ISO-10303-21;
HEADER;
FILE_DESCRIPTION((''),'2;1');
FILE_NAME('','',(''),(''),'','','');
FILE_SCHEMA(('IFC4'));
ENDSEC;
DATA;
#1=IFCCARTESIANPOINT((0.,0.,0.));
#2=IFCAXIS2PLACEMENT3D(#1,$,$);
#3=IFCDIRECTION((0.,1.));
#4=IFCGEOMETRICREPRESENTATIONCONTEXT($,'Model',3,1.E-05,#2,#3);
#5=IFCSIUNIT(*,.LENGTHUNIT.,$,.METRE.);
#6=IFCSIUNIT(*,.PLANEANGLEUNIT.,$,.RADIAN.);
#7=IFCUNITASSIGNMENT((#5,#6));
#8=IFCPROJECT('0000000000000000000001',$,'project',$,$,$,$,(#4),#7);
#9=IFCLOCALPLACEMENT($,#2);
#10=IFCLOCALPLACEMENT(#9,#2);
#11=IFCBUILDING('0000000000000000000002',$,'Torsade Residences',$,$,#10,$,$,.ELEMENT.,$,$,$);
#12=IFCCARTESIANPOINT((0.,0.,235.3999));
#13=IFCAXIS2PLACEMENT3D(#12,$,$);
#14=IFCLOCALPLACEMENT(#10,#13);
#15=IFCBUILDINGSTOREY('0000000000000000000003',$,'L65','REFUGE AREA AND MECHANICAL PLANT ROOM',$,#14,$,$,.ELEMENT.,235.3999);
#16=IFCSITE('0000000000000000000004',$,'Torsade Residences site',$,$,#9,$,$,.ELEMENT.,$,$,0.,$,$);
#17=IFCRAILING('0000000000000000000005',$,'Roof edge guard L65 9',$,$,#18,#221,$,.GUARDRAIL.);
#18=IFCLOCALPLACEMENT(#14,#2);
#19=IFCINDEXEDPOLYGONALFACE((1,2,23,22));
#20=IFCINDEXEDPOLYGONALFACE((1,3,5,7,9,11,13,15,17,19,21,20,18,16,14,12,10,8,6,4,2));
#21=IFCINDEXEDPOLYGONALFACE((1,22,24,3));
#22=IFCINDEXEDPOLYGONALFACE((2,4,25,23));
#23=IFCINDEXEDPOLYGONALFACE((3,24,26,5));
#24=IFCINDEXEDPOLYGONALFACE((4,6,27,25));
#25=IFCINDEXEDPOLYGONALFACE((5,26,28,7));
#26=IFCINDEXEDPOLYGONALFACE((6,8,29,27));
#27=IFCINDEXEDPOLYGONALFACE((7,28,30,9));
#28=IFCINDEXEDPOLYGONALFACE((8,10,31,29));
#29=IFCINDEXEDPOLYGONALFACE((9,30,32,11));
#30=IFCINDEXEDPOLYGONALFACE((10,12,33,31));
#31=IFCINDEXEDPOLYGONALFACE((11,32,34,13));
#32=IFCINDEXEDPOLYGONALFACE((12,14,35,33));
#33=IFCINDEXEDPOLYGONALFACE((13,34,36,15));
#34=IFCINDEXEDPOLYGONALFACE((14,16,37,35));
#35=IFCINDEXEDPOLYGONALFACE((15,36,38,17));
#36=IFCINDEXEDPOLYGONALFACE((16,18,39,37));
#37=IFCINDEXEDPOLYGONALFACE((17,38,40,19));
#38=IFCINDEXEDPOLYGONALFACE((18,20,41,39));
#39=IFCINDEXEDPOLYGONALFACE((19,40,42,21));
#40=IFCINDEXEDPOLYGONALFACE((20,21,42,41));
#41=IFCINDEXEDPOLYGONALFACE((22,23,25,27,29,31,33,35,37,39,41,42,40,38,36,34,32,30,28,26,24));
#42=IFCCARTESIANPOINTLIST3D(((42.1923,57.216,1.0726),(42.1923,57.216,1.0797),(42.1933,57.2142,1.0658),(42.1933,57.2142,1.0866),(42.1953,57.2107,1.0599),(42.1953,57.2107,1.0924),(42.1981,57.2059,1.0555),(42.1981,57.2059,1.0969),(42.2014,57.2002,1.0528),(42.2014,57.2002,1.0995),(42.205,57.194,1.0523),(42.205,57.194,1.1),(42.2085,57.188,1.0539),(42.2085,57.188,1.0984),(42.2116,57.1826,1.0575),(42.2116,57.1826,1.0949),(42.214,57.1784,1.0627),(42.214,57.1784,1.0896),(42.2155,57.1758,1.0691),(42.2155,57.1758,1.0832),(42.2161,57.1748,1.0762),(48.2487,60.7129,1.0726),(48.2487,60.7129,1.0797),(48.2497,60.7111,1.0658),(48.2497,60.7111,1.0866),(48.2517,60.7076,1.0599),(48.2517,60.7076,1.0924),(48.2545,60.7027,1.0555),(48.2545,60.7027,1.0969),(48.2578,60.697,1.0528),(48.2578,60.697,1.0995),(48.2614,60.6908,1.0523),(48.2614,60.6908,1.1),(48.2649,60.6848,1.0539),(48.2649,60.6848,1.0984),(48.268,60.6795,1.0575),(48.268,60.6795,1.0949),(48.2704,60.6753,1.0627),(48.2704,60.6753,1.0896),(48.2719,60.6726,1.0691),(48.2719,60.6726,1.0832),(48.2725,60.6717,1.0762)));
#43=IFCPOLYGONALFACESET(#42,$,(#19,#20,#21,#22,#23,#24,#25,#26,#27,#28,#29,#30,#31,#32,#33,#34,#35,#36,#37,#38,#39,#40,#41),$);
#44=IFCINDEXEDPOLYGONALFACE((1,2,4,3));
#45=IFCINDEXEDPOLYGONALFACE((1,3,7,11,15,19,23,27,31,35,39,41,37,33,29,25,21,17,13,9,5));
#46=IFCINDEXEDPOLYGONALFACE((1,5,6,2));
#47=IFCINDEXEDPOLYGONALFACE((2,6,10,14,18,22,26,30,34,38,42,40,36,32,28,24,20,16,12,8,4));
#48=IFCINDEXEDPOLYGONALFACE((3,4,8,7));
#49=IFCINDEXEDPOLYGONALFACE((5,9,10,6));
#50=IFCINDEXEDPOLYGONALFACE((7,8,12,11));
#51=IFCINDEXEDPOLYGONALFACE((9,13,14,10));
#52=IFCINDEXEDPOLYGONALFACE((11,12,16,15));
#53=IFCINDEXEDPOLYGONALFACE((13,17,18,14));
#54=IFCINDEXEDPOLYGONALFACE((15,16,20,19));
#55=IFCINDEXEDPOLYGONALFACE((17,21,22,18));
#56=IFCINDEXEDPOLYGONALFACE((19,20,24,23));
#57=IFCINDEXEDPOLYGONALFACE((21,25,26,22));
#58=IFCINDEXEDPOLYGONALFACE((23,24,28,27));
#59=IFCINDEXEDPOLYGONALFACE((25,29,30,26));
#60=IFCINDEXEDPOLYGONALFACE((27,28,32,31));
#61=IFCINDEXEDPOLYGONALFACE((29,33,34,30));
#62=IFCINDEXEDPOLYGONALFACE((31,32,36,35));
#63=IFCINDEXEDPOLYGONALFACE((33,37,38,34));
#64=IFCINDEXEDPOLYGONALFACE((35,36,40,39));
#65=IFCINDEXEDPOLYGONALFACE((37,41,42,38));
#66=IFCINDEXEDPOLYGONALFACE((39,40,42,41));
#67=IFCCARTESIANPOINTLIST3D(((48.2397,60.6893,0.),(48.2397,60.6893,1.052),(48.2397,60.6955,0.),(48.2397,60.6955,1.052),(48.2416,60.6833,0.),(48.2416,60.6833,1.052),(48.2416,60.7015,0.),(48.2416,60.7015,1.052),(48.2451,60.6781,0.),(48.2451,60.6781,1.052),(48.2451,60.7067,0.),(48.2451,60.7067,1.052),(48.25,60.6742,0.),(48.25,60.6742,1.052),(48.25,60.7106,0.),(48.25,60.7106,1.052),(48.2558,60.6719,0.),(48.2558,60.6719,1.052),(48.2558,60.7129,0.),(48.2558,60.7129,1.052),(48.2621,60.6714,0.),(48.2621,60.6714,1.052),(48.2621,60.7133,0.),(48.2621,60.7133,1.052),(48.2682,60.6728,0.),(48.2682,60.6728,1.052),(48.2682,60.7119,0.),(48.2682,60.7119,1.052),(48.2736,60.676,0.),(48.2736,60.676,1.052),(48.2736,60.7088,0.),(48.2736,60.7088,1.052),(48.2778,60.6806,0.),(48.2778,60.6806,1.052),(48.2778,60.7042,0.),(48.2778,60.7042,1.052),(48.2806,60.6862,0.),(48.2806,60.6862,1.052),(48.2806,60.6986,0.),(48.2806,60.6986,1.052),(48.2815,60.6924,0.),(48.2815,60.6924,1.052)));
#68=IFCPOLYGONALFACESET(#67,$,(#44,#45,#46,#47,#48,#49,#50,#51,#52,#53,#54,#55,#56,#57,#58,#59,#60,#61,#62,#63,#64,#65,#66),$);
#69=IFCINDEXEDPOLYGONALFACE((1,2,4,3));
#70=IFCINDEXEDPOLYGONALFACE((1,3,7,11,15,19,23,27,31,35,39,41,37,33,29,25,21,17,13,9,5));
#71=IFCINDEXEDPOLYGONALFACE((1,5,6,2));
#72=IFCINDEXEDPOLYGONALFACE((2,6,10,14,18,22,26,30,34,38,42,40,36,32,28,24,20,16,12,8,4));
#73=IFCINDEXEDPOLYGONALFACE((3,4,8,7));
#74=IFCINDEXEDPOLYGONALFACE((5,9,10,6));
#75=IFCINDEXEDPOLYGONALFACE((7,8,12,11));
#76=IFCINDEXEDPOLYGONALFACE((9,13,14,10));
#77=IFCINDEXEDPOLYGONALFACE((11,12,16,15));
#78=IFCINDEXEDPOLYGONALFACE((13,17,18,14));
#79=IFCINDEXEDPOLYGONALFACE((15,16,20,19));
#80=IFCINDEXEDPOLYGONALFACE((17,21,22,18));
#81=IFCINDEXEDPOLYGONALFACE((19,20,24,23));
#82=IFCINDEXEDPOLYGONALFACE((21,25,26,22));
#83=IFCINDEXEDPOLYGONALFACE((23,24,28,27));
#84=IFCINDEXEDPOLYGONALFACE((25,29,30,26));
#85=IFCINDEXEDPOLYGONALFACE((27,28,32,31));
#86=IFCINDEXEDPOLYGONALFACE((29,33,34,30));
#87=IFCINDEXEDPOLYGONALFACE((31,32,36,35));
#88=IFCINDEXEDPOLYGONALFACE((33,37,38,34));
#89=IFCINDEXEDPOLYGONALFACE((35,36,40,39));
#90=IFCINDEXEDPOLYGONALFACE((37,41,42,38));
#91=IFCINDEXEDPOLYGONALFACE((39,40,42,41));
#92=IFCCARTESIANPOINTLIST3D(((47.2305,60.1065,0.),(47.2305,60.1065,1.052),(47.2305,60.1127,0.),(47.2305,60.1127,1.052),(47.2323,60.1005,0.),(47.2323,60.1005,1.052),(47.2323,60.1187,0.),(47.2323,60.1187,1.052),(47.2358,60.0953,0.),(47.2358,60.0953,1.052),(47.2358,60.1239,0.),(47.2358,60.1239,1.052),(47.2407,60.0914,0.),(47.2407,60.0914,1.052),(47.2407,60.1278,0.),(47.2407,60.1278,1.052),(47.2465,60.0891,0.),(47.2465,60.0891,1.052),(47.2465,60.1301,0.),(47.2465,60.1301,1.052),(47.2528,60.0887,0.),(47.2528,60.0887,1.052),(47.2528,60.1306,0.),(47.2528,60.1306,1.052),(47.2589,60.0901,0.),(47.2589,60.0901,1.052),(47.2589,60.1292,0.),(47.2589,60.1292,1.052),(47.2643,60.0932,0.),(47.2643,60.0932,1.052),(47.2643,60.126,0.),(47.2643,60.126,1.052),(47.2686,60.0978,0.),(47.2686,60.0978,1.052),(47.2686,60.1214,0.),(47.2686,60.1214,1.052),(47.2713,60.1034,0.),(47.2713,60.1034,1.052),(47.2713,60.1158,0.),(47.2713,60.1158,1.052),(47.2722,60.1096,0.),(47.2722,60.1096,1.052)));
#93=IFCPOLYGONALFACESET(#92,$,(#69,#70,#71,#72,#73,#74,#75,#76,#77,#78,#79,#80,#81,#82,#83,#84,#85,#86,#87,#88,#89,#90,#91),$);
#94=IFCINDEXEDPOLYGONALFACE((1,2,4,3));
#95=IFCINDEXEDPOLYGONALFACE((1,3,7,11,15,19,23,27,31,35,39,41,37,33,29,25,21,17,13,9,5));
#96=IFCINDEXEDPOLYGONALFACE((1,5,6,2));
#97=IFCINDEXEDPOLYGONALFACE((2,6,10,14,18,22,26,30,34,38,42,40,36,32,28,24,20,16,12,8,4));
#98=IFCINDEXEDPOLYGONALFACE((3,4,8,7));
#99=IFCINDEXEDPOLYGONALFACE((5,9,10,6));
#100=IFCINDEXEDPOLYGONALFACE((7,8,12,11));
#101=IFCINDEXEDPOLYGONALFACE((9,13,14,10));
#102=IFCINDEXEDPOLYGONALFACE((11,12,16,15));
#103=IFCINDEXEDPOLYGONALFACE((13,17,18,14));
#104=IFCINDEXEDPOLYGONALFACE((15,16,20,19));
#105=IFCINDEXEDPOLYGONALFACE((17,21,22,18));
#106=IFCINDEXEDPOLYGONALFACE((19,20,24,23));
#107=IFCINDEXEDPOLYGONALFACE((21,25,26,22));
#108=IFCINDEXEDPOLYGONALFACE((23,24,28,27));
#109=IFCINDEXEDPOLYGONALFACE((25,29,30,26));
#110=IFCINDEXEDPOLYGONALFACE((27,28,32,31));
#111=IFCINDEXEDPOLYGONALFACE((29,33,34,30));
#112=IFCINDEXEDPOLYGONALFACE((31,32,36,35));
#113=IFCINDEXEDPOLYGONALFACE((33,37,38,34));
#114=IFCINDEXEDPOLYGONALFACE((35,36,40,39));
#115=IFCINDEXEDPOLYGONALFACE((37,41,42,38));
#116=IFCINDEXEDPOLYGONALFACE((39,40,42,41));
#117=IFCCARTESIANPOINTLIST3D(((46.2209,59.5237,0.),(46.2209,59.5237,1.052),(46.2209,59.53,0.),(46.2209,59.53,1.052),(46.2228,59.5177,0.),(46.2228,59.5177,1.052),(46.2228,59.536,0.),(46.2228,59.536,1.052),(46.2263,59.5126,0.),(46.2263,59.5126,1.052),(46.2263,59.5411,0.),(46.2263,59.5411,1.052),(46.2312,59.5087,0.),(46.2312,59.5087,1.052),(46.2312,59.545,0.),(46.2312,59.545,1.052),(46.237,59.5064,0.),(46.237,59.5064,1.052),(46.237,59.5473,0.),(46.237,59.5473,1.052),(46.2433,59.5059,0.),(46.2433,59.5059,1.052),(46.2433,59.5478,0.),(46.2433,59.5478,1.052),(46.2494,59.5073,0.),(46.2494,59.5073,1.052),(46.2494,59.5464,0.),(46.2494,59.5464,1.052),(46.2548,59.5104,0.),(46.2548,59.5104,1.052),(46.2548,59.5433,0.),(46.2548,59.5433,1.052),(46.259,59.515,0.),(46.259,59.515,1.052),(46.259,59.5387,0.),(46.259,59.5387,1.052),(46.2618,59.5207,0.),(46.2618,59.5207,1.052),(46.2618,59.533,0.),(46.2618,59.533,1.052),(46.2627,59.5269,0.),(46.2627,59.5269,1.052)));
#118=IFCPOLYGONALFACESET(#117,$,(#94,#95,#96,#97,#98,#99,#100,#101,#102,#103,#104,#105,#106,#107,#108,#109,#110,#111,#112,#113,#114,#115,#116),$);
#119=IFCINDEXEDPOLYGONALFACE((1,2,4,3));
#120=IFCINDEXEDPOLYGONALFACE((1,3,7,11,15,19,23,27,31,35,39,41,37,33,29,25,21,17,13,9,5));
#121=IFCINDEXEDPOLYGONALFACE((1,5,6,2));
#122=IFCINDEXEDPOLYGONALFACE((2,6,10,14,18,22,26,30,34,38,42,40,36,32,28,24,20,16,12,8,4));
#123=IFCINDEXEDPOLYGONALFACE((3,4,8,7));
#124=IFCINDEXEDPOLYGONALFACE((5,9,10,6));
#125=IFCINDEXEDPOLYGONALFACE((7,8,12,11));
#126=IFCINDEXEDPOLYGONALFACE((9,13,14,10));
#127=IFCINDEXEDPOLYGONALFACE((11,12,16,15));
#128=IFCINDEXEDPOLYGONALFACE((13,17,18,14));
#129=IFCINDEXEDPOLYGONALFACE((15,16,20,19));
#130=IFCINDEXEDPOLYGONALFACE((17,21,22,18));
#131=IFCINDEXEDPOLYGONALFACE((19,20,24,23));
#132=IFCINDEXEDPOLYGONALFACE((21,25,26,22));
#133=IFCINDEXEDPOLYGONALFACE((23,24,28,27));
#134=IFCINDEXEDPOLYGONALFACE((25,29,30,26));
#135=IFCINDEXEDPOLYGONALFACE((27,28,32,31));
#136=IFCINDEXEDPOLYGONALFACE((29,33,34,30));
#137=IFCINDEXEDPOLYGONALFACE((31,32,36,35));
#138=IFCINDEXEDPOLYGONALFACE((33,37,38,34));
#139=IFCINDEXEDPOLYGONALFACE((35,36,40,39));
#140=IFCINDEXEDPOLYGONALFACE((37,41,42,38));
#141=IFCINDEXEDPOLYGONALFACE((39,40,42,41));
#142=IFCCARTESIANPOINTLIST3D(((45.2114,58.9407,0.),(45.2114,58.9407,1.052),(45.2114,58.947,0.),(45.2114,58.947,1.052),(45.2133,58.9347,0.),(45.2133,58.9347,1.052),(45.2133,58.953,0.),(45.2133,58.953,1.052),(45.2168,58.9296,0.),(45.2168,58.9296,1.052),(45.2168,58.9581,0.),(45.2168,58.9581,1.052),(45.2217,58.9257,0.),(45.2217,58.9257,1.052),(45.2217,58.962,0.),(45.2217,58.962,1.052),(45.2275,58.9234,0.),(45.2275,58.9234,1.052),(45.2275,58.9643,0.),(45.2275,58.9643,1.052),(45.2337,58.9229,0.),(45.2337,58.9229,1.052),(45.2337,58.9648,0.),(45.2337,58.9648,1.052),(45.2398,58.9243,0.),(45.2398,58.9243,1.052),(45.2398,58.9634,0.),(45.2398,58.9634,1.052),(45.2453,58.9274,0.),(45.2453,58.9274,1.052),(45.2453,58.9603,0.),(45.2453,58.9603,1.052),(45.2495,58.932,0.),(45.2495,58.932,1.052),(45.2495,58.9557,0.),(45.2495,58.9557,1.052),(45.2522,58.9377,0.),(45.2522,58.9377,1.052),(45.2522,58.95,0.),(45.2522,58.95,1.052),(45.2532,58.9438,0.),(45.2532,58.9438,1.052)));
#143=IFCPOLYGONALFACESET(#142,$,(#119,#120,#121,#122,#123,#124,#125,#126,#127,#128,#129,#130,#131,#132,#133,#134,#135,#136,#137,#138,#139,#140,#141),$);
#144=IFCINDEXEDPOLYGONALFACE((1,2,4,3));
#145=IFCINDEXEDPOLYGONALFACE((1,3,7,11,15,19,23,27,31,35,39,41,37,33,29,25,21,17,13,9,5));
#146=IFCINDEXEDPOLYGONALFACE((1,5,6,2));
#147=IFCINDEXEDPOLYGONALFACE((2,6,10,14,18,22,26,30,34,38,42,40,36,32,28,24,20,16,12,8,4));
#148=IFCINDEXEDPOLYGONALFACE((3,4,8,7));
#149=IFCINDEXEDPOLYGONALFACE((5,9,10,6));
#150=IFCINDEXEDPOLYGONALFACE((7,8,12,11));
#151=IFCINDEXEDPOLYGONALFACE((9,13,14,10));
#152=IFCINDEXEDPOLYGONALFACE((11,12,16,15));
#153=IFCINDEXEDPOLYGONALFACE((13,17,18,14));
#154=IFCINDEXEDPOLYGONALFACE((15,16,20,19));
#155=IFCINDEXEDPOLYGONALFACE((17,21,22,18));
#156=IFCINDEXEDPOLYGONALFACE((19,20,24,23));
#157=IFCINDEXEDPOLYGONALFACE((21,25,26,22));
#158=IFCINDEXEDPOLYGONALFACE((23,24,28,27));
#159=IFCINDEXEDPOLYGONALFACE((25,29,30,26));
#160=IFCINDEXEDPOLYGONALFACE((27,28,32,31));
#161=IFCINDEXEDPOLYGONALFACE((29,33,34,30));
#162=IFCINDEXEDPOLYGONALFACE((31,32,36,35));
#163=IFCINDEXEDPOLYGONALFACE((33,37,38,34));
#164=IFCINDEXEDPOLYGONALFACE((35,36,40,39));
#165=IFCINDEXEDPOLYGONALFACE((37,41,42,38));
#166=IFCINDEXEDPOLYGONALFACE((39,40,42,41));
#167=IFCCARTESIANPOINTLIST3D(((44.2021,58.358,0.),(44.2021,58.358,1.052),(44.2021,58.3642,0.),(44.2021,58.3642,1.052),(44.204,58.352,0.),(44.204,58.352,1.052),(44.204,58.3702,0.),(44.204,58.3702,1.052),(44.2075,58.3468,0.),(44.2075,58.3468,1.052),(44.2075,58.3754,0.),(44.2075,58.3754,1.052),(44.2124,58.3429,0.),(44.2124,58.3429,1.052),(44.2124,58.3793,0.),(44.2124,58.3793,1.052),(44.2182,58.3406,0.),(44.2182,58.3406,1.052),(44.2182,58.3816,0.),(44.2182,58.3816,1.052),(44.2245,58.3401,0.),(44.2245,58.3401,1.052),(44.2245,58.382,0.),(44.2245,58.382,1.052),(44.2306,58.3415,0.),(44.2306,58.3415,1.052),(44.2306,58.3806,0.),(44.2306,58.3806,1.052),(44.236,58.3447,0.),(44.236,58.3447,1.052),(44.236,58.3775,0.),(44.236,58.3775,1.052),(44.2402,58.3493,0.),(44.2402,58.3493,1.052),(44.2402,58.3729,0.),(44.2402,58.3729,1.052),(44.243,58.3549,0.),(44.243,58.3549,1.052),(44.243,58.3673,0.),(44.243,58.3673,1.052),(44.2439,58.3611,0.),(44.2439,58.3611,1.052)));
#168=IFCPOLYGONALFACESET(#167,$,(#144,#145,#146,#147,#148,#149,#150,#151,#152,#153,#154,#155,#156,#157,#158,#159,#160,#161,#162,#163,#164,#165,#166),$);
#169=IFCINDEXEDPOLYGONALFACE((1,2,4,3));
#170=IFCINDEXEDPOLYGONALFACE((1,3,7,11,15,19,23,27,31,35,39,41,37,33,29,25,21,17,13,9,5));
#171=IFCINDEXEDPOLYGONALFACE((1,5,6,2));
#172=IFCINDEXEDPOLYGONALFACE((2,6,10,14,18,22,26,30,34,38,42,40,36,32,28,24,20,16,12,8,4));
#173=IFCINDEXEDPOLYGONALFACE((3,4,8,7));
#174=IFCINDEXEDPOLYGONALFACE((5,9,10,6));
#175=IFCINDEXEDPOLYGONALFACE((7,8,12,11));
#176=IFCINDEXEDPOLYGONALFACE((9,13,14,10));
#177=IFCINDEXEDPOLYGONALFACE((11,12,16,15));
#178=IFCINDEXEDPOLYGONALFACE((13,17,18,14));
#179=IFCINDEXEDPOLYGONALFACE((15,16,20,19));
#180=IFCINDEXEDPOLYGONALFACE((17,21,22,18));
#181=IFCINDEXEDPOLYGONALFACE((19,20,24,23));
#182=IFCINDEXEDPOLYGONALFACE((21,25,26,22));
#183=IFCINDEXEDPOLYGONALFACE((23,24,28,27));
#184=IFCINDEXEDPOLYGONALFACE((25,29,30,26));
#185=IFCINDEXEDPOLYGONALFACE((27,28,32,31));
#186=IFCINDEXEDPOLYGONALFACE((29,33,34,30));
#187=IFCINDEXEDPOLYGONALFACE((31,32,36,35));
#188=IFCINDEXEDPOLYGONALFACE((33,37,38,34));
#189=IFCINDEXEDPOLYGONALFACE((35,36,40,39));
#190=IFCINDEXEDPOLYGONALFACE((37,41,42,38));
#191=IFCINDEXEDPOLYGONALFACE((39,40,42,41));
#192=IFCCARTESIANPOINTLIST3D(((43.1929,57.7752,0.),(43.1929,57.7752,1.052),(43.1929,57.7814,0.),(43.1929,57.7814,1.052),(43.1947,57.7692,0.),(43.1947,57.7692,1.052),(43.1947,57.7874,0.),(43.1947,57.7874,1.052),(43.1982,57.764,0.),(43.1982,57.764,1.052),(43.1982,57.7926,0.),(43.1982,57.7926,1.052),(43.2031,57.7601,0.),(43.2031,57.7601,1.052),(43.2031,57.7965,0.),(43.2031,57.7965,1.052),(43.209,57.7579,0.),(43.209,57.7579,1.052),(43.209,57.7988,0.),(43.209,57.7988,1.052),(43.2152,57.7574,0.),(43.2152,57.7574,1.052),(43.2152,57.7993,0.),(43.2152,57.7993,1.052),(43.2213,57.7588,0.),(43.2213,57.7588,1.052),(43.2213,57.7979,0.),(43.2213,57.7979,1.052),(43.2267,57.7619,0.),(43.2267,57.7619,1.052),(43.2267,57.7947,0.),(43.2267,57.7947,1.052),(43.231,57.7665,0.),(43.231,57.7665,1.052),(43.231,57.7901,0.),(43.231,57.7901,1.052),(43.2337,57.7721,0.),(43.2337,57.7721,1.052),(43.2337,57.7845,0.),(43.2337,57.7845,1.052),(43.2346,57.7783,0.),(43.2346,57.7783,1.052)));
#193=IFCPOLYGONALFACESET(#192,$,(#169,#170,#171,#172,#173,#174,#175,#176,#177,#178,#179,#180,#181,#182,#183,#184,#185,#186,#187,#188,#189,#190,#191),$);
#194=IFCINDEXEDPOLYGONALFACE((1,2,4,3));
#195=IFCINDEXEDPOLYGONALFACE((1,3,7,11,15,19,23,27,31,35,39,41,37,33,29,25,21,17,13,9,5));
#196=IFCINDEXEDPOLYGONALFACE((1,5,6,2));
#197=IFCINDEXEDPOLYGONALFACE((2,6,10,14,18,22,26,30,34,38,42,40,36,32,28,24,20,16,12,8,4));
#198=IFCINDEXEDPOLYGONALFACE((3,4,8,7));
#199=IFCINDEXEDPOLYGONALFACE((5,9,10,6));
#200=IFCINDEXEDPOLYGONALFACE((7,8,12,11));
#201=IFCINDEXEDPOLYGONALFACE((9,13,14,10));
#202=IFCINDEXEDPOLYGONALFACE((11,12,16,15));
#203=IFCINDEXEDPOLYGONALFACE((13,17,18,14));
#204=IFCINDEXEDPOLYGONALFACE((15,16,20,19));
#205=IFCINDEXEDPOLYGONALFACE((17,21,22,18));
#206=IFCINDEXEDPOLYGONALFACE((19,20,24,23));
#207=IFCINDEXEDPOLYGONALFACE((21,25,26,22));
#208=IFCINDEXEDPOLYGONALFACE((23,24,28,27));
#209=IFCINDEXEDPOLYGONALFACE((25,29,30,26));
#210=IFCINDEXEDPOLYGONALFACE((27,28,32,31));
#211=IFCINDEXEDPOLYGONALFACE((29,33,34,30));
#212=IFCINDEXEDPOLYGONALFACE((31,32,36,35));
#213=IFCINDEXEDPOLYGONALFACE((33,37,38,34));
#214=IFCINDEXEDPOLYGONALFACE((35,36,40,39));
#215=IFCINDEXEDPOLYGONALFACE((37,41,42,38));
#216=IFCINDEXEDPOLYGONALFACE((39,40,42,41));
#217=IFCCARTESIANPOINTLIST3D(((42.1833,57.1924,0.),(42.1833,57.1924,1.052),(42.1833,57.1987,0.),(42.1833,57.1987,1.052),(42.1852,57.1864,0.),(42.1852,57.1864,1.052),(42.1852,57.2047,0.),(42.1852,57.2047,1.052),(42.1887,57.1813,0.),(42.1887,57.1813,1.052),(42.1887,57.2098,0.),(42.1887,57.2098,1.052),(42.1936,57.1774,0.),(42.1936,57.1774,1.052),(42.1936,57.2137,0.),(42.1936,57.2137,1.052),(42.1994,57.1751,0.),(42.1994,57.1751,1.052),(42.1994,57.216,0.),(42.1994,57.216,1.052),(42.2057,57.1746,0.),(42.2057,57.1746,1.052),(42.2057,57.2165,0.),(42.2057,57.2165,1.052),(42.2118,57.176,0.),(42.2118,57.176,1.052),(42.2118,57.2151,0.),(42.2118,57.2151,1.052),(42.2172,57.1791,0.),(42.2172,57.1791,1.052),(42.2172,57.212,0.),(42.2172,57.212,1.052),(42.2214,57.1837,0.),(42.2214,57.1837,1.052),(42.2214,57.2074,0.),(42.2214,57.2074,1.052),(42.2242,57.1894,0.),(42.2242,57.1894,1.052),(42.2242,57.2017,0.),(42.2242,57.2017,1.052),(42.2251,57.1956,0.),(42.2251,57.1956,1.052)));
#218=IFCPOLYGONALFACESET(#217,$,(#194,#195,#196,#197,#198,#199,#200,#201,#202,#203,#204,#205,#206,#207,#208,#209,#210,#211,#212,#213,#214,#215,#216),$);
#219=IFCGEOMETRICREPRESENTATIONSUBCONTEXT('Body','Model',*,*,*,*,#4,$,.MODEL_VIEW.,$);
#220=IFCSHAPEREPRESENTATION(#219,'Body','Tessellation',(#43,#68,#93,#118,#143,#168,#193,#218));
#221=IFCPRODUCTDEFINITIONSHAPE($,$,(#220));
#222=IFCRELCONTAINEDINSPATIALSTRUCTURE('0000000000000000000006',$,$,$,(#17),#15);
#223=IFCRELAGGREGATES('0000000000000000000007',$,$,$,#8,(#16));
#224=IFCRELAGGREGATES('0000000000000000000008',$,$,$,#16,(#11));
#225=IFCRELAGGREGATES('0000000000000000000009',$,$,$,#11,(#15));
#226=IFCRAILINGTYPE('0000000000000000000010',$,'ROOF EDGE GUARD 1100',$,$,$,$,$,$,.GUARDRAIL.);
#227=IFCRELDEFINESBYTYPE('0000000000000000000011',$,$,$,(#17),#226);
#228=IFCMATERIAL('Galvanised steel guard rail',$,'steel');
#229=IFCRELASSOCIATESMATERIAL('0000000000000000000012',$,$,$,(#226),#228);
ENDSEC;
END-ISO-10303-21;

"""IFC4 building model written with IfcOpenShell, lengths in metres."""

from ifc_helpers import new_model, si_unit, direction, frame, origin, origin_2d, place, context, subcontext, project, spatial, circle, extrude, material, type_object, element, save


model = new_model("IFC4")

# Units and contexts
model_context = context("Model", 3, precision=1e-05, world=origin(), true_north=direction((0.0, 1.0)))
body_context = subcontext(model_context, "Body", "Model", "MODEL_VIEW")
ifc_project = project(units=[si_unit("LENGTHUNIT", "METRE"), si_unit("PLANEANGLEUNIT", "RADIAN")], contexts=[model_context])

# Site, building, storey
site_placement = place(None, origin())
site = spatial("IfcSite", under=ifc_project, at=site_placement, Name="Torsade Residences site", CompositionType="ELEMENT", RefElevation=0.0)
building_placement = place(site_placement, origin())
building = spatial("IfcBuilding", under=site, at=building_placement, Name="Torsade Residences", CompositionType="ELEMENT")
storey_placement = place(building_placement, frame((0.0, 0.0, 235.3999)))
storey = spatial("IfcBuildingStorey", under=building, at=storey_placement, Name="L65", Description="REFUGE AREA AND MECHANICAL PLANT ROOM", CompositionType="ELEMENT", Elevation=235.3999)

# Railing
ifc_material_1 = material(Name="Galvanised steel guard rail", Category="steel")
railing_type = type_object("IfcRailingType", Name="ROOF EDGE GUARD 1100", PredefinedType="GUARDRAIL", material=ifc_material_1)
railing_1_placement = place(storey_placement, frame((48.2605, 60.6924, 0.0)))
element("IfcRailing", 1, at=railing_1_placement, inside=storey, type_object=railing_type, Name="Roof edge guard L65 9", PredefinedType="GUARDRAIL", context=body_context, shape_type="SweptSolid", body=[
    extrude(circle(Radius=0.0239, at=origin_2d()), frame((0.0, 0.0, 1.0762), z_axis=(-0.866015, -0.500018, 0.0), x_axis=(0.500018, -0.866015, 0.0)), (0.0, 0.0, 1.0), 6.9934),
    extrude(circle(Radius=0.021, at=origin_2d()), origin(), (0.0, 0.0, 1.0), 1.052),
    extrude(circle(Radius=0.021, at=origin_2d()), frame((-1.0093, -0.5828, 0.0)), (0.0, 0.0, 1.0), 1.052),
    extrude(circle(Radius=0.021, at=origin_2d()), frame((-2.0188, -1.1655, 0.0)), (0.0, 0.0, 1.0), 1.052),
    extrude(circle(Radius=0.021, at=origin_2d()), frame((-3.0283, -1.7485, 0.0)), (0.0, 0.0, 1.0), 1.052),
    extrude(circle(Radius=0.021, at=origin_2d()), frame((-4.0376, -2.3313, 0.0)), (0.0, 0.0, 1.0), 1.052),
    extrude(circle(Radius=0.021, at=origin_2d()), frame((-5.0469, -2.9141, 0.0)), (0.0, 0.0, 1.0), 1.052),
    extrude(circle(Radius=0.021, at=origin_2d()), frame((-6.0564, -3.4968, 0.0)), (0.0, 0.0, 1.0), 1.052),
])

save(model, "model.ifc")
